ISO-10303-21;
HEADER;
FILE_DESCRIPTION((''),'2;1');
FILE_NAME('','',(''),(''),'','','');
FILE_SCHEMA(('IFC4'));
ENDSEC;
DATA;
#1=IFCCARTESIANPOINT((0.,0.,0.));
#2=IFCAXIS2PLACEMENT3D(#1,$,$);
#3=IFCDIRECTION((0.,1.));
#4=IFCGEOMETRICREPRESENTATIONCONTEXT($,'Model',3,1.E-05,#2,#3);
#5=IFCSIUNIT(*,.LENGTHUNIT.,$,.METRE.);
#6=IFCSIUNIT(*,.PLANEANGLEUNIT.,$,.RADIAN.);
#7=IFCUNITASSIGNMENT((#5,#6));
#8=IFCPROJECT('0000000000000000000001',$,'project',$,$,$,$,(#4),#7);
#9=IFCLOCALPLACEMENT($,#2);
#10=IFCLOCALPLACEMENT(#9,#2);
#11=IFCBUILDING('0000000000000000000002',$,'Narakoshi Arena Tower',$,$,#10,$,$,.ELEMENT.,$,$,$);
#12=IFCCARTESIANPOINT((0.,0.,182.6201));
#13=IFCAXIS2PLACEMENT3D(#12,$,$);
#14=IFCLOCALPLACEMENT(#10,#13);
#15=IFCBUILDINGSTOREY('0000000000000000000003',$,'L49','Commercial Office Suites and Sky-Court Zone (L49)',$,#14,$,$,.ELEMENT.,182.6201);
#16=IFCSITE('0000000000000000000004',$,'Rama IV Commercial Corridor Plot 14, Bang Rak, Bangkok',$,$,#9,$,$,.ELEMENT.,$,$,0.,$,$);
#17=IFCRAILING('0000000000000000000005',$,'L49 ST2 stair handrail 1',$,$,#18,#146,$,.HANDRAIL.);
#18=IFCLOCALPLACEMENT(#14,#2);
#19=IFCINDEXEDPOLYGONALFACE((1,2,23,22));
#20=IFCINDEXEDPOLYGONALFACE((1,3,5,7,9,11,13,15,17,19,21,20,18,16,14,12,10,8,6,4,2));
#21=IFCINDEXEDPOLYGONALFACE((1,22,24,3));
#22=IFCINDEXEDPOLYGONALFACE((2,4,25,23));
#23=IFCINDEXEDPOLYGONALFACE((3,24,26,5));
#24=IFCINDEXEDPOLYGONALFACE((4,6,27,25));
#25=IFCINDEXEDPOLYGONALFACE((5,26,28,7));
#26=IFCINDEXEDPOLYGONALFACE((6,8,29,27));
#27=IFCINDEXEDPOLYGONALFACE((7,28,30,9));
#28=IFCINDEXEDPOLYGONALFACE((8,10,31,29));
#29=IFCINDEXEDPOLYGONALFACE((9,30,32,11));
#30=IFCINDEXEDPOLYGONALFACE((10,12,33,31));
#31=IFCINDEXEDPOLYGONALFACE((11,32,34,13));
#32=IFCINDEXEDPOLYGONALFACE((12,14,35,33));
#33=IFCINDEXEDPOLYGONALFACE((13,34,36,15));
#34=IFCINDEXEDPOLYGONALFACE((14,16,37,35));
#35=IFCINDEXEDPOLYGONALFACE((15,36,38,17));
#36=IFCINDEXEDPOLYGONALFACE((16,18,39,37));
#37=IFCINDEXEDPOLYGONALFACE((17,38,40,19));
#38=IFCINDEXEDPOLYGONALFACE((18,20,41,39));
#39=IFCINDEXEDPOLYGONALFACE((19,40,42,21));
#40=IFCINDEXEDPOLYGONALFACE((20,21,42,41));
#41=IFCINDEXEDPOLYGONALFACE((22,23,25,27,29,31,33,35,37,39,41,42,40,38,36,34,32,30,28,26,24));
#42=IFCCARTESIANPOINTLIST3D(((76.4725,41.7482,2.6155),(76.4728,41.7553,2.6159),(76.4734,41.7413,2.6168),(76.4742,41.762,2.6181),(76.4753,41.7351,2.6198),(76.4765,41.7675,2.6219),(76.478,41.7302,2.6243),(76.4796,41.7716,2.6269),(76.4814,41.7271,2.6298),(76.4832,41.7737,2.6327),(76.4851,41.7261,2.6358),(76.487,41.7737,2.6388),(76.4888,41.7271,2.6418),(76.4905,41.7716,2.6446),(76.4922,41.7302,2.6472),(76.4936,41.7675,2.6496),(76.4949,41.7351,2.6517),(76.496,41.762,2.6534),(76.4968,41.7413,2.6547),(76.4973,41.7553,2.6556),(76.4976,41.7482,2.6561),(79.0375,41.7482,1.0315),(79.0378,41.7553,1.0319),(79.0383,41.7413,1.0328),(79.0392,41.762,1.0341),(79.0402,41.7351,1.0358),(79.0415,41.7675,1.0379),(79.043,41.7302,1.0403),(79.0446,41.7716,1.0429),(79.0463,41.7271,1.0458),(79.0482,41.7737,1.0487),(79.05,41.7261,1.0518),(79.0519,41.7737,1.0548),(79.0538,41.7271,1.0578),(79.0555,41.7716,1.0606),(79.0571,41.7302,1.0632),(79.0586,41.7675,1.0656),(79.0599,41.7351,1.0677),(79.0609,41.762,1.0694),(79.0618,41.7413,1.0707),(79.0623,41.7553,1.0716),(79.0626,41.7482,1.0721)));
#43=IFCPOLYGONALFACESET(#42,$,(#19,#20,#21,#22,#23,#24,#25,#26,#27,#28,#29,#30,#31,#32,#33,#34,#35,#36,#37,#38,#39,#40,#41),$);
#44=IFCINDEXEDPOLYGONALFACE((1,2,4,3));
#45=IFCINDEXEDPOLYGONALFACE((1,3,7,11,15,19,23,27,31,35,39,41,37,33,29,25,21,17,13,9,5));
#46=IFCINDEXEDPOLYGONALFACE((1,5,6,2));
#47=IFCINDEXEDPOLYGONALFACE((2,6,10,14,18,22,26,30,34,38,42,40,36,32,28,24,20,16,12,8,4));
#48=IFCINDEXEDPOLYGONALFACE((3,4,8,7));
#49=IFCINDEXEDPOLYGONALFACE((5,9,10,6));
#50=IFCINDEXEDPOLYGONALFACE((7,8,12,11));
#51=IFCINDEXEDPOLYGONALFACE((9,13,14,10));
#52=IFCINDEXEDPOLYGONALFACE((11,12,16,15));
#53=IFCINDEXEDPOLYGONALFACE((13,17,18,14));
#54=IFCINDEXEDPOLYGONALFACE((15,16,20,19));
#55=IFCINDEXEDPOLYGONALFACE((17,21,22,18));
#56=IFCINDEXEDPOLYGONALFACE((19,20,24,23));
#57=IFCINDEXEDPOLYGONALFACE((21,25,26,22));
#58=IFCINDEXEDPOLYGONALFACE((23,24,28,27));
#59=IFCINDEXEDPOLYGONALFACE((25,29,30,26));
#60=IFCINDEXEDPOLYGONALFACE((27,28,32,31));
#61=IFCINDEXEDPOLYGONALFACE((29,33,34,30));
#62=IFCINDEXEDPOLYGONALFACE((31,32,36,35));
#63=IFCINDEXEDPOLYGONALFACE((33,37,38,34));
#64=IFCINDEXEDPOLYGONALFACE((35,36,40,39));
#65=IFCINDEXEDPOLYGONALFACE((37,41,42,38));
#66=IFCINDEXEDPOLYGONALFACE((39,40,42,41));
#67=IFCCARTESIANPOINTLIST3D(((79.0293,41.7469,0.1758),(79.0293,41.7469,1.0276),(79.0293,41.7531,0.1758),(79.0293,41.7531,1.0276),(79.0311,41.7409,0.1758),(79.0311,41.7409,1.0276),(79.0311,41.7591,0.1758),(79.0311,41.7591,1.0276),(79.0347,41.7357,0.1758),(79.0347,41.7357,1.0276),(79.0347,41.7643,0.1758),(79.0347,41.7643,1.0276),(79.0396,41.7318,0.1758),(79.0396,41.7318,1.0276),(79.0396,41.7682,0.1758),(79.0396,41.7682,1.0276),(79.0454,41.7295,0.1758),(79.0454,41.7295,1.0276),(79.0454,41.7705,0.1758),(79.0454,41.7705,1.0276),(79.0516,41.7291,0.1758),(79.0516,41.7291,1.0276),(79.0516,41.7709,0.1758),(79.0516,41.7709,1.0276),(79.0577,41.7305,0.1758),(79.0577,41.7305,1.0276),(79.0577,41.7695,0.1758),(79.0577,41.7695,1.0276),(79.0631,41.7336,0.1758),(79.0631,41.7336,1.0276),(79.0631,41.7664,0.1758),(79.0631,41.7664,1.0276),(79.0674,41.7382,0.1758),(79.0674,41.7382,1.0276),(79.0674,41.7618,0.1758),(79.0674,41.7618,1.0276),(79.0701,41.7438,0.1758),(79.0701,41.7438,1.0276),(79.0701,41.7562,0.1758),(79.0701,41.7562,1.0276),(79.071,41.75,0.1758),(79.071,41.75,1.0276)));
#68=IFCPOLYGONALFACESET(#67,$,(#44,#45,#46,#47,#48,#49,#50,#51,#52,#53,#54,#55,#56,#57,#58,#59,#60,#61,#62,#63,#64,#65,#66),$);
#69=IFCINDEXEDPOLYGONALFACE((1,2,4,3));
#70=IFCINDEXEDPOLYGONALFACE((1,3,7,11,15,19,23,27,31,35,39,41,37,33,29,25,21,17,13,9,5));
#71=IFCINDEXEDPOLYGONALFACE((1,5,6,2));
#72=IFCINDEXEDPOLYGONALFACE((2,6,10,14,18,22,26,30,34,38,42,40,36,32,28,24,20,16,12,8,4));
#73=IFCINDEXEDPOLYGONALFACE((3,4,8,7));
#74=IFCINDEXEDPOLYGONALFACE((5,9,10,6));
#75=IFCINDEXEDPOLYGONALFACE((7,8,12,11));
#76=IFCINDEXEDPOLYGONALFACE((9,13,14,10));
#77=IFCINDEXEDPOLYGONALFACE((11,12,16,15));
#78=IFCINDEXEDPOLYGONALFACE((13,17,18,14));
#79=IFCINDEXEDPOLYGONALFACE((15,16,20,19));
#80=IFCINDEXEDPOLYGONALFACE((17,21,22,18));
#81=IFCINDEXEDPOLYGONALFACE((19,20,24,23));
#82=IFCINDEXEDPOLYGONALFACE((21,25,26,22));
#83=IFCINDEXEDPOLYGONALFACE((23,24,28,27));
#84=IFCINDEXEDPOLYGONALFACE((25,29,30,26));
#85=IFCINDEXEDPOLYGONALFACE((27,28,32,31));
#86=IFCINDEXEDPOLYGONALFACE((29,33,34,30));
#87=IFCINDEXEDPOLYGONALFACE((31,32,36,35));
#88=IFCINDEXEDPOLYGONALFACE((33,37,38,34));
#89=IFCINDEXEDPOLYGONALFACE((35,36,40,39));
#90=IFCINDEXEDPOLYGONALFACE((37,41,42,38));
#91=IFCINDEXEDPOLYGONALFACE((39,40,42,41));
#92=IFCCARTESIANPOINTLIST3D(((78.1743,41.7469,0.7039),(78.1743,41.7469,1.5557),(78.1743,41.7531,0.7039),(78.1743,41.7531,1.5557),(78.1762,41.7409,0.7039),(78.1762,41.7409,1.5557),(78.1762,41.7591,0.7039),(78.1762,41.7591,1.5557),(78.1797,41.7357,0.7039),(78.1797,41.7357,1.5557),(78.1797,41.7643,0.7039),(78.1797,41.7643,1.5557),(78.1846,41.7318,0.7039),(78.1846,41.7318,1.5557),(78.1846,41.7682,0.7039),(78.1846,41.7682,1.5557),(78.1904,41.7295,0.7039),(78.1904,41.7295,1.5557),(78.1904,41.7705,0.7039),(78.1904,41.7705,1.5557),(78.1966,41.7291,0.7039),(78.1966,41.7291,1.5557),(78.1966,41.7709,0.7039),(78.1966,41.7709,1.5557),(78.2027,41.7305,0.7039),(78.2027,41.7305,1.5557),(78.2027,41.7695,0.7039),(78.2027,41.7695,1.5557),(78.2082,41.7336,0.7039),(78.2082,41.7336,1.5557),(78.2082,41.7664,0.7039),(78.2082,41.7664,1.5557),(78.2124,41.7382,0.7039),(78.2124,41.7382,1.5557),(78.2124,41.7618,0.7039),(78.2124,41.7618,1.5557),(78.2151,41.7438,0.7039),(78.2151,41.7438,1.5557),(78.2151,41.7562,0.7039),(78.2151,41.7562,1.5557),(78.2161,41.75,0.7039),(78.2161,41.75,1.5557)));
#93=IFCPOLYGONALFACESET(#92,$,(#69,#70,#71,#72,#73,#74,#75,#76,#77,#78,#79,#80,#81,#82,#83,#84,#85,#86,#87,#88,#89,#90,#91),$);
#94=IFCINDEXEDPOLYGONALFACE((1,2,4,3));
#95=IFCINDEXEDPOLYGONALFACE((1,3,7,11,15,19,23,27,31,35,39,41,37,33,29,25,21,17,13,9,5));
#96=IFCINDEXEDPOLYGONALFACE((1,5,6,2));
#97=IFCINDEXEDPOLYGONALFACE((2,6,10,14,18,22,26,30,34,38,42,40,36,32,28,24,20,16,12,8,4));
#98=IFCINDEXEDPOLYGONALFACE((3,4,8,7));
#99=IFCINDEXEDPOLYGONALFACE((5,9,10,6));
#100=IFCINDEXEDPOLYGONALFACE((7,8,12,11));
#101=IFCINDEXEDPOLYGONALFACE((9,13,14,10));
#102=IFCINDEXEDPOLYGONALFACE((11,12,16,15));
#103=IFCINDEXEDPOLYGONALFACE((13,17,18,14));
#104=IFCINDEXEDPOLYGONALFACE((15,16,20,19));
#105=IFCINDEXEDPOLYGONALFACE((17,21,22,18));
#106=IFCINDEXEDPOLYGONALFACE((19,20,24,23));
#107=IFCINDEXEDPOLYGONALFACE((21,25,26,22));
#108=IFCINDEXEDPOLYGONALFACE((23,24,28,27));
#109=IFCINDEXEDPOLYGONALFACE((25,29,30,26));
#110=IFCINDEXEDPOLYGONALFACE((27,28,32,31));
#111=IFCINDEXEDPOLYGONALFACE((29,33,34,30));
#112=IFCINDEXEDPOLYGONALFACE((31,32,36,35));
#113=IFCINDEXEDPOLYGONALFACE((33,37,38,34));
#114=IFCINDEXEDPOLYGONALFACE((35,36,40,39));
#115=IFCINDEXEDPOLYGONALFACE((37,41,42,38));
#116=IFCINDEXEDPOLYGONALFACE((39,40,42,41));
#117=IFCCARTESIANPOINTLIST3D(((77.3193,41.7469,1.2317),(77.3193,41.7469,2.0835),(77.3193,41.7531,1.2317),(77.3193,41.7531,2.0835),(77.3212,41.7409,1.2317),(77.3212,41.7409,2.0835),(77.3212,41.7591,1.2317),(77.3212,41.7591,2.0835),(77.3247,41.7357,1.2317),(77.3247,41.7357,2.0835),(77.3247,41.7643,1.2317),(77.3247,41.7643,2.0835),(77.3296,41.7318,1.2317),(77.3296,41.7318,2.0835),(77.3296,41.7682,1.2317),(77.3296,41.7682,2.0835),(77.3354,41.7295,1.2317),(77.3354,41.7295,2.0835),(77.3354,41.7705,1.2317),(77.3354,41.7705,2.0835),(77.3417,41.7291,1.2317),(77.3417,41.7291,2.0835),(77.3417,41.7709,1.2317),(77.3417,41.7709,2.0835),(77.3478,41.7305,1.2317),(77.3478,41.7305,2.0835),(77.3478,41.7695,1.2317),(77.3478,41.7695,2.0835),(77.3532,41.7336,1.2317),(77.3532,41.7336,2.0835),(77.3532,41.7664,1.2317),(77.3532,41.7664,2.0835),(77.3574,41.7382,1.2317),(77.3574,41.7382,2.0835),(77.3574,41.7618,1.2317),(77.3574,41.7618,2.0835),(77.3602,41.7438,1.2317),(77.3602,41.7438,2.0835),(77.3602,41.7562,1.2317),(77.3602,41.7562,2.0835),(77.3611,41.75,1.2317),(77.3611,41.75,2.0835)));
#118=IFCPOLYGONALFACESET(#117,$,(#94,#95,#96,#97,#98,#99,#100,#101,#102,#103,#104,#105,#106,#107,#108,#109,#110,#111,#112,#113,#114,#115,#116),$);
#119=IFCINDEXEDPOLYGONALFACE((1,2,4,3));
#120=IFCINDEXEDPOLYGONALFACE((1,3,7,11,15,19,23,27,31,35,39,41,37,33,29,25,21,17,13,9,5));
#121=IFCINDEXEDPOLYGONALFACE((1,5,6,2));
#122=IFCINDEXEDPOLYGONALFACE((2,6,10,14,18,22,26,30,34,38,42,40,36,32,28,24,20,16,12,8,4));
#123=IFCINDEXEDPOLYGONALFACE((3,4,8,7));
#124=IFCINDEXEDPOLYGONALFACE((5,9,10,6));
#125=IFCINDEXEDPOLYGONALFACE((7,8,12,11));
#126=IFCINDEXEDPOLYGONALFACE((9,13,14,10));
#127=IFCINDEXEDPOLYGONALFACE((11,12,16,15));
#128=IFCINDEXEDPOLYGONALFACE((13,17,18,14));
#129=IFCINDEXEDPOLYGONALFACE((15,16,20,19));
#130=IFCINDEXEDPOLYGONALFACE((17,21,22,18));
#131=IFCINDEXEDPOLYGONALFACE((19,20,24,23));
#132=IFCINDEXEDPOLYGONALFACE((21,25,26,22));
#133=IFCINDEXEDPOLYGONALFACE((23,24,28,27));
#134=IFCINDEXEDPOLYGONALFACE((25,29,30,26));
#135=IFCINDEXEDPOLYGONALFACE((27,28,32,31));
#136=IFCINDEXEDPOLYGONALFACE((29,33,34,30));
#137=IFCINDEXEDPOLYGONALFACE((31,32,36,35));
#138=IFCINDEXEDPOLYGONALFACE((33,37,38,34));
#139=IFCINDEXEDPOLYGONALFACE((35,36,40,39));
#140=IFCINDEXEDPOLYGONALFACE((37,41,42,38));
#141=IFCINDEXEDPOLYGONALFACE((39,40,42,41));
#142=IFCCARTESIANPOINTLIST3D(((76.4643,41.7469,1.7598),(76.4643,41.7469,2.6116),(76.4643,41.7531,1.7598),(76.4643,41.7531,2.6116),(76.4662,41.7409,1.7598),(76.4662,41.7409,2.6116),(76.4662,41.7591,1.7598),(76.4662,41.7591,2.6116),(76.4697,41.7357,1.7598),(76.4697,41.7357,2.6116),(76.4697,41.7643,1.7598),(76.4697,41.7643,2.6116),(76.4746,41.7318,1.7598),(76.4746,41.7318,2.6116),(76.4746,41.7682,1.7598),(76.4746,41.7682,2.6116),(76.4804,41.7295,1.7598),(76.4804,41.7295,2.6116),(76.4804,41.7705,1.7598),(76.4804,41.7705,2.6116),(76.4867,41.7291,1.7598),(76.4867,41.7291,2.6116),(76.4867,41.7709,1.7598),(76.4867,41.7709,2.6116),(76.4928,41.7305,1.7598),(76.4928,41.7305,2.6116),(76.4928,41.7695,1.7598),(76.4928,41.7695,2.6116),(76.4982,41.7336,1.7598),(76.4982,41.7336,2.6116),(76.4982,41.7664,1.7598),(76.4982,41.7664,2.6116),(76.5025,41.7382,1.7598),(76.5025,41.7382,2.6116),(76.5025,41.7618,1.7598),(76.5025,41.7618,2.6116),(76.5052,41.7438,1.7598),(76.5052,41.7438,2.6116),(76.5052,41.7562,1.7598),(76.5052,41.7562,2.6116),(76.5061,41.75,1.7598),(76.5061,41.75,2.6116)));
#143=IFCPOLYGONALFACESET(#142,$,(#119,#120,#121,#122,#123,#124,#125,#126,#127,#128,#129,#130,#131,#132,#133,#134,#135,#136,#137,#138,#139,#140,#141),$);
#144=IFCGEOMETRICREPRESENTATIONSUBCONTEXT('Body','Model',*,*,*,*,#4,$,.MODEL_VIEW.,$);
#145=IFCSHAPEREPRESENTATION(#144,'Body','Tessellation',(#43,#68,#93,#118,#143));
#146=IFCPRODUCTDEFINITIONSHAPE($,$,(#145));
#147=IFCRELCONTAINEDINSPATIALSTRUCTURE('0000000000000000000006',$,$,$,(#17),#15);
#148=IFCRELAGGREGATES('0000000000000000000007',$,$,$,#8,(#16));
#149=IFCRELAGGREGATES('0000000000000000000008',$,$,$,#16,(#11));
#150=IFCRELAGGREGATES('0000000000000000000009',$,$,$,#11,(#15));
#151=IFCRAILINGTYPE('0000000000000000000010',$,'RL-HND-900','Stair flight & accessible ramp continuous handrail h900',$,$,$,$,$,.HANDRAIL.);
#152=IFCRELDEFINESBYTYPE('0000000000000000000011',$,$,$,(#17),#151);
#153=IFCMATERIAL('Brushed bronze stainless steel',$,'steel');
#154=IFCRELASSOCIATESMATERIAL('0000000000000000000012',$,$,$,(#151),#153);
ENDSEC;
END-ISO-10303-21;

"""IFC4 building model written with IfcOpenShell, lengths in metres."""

from ifc_helpers import new_model, si_unit, direction, frame, origin, origin_2d, place, context, subcontext, project, spatial, circle, extrude, material, type_object, element, save


model = new_model("IFC4")

# Units and contexts
model_context = context("Model", 3, precision=1e-05, world=origin(), true_north=direction((0.0, 1.0)))
body_context = subcontext(model_context, "Body", "Model", "MODEL_VIEW")
ifc_project = project(units=[si_unit("LENGTHUNIT", "METRE"), si_unit("PLANEANGLEUNIT", "RADIAN")], contexts=[model_context])

# Site, building, storey
site_placement = place(None, origin())
site = spatial("IfcSite", under=ifc_project, at=site_placement, Name="Rama IV Commercial Corridor Plot 14, Bang Rak, Bangkok", CompositionType="ELEMENT", RefElevation=0.0)
building_placement = place(site_placement, origin())
building = spatial("IfcBuilding", under=site, at=building_placement, Name="Narakoshi Arena Tower", CompositionType="ELEMENT")
storey_placement = place(building_placement, frame((0.0, 0.0, 182.6201)))
storey = spatial("IfcBuildingStorey", under=building, at=storey_placement, Name="L49", Description="Commercial Office Suites and Sky-Court Zone (L49)", CompositionType="ELEMENT", Elevation=182.6201)

# Railing
ifc_material_1 = material(Name="Brushed bronze stainless steel", Category="steel")
railing_type_1 = type_object("IfcRailingType", Name="RL-HND-900", Description="Stair flight & accessible ramp continuous handrail h900", PredefinedType="HANDRAIL", material=ifc_material_1)
railing_1_placement = place(storey_placement, frame((79.05, 41.75, 0.1758)))
element("IfcRailing", 1, at=railing_1_placement, inside=storey, type_object=railing_type_1, Name="L49 ST2 stair handrail 1", PredefinedType="HANDRAIL", context=body_context, shape_type="SweptSolid", body=[
    extrude(circle(Radius=0.0239, at=origin_2d()), frame((0.0, 0.0, 0.876), z_axis=(-0.850834, 0.0, 0.525434), x_axis=(0.0, -1.0, 0.0)), (0.0, 0.0, 1.0), 3.0146),
    extrude(circle(Radius=0.021, at=origin_2d()), origin(), (0.0, 0.0, 1.0), 0.8518),
    extrude(circle(Radius=0.021, at=origin_2d()), frame((-0.855, 0.0, 0.5281)), (0.0, 0.0, 1.0), 0.8518),
    extrude(circle(Radius=0.021, at=origin_2d()), frame((-1.71, 0.0, 1.0559)), (0.0, 0.0, 1.0), 0.8518),
    extrude(circle(Radius=0.021, at=origin_2d()), frame((-2.5649, 0.0, 1.584)), (0.0, 0.0, 1.0), 0.8518),
])

save(model, "model.ifc")
